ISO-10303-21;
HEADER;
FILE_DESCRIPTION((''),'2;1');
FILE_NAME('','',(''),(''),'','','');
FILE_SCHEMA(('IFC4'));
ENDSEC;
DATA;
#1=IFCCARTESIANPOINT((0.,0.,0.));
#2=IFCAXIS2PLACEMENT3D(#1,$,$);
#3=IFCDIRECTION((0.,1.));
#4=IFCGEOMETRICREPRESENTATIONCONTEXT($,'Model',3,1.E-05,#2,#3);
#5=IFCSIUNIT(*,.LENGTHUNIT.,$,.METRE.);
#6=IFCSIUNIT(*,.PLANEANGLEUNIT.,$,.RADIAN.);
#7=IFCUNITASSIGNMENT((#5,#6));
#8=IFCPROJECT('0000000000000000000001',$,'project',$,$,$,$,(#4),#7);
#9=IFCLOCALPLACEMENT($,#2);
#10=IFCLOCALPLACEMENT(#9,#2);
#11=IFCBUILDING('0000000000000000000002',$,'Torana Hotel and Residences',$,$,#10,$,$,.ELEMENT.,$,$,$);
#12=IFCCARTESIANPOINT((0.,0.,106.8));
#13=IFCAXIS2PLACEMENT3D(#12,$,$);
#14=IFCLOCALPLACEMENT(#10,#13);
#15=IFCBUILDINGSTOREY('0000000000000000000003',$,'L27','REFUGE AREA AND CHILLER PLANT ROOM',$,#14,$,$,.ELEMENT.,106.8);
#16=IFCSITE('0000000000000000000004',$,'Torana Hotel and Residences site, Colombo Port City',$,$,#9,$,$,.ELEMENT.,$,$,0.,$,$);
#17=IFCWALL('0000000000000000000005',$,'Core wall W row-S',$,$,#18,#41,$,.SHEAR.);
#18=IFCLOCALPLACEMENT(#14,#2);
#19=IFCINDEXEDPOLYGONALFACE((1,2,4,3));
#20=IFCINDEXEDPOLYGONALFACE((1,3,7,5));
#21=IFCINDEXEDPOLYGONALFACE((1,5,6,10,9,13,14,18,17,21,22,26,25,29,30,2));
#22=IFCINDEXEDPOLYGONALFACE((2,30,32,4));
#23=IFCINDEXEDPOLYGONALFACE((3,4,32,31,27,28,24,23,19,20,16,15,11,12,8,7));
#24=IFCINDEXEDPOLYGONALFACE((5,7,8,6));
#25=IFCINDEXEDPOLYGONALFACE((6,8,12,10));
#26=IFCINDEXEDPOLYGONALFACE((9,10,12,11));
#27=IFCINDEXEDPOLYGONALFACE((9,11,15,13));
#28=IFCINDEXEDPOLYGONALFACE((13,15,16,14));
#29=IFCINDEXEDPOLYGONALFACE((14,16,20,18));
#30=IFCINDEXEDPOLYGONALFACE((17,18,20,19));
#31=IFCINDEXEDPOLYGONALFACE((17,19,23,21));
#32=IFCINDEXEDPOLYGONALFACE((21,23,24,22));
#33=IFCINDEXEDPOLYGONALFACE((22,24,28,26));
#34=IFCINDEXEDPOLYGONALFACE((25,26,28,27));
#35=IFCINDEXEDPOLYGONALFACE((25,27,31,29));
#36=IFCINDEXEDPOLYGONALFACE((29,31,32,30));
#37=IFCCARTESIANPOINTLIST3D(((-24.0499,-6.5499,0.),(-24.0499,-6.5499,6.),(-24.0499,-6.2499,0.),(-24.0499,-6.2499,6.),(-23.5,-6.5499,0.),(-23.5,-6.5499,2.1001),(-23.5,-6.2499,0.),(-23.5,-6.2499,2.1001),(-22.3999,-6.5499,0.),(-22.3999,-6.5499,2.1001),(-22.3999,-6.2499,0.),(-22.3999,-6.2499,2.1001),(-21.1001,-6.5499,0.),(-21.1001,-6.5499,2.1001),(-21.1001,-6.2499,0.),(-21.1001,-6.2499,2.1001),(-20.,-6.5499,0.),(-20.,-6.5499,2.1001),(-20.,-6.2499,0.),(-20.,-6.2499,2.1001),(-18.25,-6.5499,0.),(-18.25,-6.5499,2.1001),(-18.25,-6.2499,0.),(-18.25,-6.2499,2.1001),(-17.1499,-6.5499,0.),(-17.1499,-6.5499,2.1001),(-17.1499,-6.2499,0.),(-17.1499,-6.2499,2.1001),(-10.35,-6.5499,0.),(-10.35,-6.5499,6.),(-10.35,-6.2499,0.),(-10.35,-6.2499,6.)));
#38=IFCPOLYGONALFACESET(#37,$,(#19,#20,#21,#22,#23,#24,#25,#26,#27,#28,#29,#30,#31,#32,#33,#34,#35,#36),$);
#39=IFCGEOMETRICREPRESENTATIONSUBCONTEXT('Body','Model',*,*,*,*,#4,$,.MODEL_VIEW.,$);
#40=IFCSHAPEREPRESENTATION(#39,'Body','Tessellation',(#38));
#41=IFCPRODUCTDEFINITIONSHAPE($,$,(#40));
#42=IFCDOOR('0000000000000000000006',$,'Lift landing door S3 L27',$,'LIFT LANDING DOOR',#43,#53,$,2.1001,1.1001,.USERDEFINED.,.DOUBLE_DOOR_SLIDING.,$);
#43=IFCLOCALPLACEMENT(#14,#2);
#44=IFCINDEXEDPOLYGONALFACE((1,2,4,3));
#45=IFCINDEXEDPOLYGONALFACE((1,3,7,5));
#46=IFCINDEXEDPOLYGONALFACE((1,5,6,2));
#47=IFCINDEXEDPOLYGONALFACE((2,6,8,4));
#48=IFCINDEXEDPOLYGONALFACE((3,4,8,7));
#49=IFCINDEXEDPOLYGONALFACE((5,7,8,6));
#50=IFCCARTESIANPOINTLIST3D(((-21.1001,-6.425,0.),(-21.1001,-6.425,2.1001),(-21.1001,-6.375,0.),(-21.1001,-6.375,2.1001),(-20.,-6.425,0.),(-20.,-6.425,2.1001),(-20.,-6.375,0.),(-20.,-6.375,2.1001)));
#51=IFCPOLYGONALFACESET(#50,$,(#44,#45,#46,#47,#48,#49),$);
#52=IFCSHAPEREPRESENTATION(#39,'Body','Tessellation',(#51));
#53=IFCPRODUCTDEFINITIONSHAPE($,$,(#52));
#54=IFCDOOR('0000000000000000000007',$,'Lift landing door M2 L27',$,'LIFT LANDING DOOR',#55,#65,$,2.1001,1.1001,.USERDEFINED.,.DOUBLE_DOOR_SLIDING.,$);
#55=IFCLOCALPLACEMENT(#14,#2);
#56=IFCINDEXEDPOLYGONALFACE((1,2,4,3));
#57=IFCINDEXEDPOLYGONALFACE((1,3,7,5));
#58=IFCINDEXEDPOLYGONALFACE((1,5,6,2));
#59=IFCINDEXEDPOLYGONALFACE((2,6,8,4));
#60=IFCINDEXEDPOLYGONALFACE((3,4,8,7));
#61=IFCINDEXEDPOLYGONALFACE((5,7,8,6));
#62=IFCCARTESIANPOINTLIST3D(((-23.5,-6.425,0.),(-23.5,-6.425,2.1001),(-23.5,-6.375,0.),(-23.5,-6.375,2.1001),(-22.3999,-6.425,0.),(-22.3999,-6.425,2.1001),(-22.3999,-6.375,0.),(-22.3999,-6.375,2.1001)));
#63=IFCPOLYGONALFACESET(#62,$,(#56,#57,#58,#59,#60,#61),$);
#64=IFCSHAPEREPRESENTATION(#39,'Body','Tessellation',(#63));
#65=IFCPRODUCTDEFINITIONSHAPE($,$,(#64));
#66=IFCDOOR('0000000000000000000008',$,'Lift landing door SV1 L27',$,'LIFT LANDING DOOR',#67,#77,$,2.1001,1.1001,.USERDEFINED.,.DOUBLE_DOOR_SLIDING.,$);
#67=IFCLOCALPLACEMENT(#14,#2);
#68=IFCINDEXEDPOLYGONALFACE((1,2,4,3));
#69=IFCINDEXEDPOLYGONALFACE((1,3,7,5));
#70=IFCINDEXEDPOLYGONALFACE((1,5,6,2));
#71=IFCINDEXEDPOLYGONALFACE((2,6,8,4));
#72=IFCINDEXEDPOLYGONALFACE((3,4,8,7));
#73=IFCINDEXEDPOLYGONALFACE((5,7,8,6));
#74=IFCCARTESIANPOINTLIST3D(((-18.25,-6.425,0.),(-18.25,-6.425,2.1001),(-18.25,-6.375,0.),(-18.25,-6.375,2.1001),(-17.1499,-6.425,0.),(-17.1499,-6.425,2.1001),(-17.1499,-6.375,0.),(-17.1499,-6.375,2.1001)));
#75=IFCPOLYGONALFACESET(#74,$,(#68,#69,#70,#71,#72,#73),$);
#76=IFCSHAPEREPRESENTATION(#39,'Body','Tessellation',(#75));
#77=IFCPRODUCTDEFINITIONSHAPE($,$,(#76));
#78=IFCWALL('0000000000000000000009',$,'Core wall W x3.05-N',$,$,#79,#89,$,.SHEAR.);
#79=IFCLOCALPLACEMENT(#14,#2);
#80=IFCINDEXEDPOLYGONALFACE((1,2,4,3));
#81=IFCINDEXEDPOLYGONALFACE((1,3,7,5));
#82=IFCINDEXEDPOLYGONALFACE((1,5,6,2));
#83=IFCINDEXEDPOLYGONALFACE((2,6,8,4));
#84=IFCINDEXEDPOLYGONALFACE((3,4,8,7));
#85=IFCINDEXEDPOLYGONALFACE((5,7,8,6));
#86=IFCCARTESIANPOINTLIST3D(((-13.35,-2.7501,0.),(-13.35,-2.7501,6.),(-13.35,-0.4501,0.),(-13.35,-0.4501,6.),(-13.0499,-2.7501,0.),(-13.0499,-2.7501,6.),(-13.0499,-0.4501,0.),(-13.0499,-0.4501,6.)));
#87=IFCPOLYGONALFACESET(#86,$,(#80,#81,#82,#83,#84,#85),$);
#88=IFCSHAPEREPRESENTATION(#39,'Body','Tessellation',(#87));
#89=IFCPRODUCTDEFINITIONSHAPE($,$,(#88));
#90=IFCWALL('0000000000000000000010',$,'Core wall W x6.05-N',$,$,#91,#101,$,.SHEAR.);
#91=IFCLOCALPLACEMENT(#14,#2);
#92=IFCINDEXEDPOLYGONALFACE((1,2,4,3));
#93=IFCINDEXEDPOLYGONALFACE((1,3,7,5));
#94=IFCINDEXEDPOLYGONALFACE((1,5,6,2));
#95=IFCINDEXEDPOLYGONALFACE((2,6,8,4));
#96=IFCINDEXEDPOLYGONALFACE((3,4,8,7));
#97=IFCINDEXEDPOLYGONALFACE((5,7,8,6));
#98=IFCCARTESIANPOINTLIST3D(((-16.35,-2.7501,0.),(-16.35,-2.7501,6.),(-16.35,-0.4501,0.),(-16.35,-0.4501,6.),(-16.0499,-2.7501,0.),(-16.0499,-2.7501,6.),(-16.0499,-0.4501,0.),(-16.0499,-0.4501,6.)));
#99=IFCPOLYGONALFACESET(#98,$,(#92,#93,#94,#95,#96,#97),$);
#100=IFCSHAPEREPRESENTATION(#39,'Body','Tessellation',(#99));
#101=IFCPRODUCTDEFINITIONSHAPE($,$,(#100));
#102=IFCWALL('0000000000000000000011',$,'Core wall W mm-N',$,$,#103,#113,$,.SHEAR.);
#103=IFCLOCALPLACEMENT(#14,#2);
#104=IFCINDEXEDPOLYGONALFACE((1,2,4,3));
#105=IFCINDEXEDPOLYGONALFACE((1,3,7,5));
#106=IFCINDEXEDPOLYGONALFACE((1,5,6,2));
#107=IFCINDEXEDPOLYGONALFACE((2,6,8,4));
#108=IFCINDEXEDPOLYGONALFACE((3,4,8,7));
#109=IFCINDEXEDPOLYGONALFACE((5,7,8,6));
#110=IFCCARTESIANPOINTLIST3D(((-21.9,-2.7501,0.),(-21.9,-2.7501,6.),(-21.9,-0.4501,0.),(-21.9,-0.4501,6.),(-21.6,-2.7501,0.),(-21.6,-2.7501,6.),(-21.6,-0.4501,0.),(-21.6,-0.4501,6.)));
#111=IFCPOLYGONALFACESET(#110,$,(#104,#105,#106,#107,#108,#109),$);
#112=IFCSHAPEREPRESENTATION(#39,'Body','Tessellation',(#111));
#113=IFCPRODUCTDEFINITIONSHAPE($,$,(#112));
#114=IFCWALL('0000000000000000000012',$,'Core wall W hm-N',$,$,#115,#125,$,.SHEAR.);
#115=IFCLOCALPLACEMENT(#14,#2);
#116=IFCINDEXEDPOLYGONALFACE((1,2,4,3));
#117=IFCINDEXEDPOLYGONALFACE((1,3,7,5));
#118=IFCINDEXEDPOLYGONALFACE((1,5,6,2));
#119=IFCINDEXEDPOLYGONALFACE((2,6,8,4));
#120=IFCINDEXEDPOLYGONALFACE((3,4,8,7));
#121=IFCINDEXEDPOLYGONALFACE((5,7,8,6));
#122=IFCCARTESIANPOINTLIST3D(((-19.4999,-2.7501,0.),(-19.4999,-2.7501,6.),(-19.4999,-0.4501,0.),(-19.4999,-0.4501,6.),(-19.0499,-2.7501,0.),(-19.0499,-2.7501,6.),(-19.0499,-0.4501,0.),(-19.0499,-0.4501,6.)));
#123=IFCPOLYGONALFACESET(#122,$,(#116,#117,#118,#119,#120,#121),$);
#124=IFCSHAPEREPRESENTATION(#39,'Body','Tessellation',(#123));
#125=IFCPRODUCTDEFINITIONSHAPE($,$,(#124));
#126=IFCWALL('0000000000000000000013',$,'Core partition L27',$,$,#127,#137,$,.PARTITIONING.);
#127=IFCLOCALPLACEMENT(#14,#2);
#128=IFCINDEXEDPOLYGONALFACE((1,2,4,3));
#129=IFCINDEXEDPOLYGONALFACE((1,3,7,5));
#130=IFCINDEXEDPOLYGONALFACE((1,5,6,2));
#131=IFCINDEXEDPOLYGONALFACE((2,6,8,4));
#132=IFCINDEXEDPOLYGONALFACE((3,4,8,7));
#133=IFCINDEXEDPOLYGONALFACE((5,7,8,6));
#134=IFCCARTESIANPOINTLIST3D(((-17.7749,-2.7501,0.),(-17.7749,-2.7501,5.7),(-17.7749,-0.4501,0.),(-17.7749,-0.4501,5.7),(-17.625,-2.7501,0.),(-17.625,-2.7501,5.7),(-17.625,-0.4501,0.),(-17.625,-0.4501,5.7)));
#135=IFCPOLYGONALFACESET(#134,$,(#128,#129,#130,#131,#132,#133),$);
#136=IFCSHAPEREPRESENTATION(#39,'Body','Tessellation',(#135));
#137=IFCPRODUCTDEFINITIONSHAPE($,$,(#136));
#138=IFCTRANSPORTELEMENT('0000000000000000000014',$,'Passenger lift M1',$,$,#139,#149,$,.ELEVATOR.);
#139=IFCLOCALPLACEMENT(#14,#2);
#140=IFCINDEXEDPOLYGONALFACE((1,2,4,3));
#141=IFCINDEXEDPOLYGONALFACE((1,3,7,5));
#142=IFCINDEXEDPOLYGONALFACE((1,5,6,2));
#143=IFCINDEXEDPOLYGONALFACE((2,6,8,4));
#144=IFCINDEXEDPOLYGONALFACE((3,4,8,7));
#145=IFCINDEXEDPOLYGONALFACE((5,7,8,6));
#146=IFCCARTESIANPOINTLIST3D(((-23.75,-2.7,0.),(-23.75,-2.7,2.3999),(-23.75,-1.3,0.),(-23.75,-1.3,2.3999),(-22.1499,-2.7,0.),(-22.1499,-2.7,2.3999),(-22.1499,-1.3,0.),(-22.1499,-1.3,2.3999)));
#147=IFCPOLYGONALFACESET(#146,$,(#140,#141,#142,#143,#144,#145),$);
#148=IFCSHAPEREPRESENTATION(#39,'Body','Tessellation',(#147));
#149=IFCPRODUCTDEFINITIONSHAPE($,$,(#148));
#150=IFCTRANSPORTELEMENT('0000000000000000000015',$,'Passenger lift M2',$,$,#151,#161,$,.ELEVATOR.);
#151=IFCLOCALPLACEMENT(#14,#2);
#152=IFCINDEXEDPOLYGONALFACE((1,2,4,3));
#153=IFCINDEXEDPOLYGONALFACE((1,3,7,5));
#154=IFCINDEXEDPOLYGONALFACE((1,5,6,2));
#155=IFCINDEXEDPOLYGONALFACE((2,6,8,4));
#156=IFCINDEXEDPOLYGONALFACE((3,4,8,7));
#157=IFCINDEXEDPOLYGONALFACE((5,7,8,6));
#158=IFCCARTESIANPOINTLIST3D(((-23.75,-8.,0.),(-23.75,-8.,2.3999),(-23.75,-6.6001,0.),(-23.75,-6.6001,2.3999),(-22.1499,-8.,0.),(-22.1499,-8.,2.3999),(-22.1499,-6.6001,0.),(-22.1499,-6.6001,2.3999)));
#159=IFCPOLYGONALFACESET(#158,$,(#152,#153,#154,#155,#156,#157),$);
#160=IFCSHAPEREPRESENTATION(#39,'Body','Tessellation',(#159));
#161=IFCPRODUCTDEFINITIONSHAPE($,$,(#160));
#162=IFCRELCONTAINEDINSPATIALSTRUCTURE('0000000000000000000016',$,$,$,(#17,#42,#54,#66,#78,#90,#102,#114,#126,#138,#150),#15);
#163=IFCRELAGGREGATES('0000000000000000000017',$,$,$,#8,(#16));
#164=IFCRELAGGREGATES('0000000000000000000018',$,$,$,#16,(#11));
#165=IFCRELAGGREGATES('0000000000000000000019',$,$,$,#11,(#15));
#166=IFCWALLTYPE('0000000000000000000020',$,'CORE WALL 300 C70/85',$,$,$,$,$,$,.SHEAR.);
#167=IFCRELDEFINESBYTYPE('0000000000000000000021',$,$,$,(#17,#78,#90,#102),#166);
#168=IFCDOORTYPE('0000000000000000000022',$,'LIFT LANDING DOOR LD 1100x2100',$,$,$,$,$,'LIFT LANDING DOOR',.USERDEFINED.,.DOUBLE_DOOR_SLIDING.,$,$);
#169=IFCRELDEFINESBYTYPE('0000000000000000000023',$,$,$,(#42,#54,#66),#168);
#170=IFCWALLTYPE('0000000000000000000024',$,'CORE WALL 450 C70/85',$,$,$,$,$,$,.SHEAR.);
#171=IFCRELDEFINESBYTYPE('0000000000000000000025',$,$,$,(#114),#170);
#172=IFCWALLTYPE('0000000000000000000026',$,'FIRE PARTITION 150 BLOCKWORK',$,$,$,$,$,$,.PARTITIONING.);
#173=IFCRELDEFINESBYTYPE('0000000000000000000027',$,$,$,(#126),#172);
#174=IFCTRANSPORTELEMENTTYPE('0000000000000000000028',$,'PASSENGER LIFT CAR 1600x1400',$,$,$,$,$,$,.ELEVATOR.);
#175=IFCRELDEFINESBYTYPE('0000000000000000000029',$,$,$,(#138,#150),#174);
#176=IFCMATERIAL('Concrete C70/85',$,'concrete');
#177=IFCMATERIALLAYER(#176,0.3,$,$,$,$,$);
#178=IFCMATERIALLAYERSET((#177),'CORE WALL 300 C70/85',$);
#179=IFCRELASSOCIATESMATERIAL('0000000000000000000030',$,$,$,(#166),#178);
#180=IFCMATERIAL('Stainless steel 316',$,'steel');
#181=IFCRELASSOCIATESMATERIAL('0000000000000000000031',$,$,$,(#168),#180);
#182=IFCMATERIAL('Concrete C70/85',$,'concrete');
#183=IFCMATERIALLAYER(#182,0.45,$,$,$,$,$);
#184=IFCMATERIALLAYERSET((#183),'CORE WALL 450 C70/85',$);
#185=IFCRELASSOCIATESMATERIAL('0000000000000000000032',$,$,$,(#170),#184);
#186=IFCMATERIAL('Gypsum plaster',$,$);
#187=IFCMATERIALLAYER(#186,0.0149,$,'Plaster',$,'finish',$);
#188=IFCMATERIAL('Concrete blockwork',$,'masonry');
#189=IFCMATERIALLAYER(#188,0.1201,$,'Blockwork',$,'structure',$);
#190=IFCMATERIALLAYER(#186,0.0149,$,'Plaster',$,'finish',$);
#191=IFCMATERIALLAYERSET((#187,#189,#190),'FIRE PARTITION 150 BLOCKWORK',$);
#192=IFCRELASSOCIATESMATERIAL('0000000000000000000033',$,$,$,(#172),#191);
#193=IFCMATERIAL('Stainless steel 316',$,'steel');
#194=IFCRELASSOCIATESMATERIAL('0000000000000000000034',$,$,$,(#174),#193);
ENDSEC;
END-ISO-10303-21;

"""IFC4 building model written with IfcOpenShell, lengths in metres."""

from ifc_helpers import new_model, si_unit, direction, frame, frame_2d, origin, origin_2d, place, context, subcontext, project, spatial, rectangle, extrude, material, layer, layer_set, type_object, element, fill, save


model = new_model("IFC4")

# Units and contexts
model_context = context("Model", 3, precision=1e-05, world=origin(), true_north=direction((0.0, 1.0)))
body_context = subcontext(model_context, "Body", "Model", "MODEL_VIEW")
ifc_project = project(units=[si_unit("LENGTHUNIT", "METRE"), si_unit("PLANEANGLEUNIT", "RADIAN")], contexts=[model_context])

# Site, building, storey
site_placement = place(None, origin())
site = spatial("IfcSite", under=ifc_project, at=site_placement, Name="Torana Hotel and Residences site, Colombo Port City", CompositionType="ELEMENT", RefElevation=0.0)
building_placement = place(site_placement, origin())
building = spatial("IfcBuilding", under=site, at=building_placement, Name="Torana Hotel and Residences", CompositionType="ELEMENT")
storey_placement = place(building_placement, frame((0.0, 0.0, 106.8)))
storey = spatial("IfcBuildingStorey", under=building, at=storey_placement, Name="L27", Description="REFUGE AREA AND CHILLER PLANT ROOM", CompositionType="ELEMENT", Elevation=106.8)

# Wall, openings, doors
ifc_material_1 = material(Name="Concrete C70/85", Category="concrete")
ifc_layer_1 = layer(ifc_material_1, 0.3)
ifc_layer_set_1 = layer_set([ifc_layer_1], Name="CORE WALL 300 C70/85")
wall_type_1 = type_object("IfcWallType", Name="CORE WALL 300 C70/85", PredefinedType="SHEAR", material=ifc_layer_set_1)
ifc_material_2 = material(Name="Stainless steel 316", Category="steel")
door_type_1 = type_object("IfcDoorType", Name="LIFT LANDING DOOR LD 1100x2100", ElementType="LIFT LANDING DOOR", OperationType="DOUBLE_DOOR_SLIDING", PredefinedType="USERDEFINED", material=ifc_material_2)
wall_1_placement = place(storey_placement, frame((-24.05, -6.3999, 0.0), z_axis=(0.0, 0.0, 1.0), x_axis=(1.0, 0.0, 0.0)))
wall_1 = element("IfcWall", 1, at=wall_1_placement, inside=storey, type_object=wall_type_1, Name="Core wall W row-S", PredefinedType="SHEAR", context=body_context, shape_type="SweptSolid", body=[
    extrude(rectangle(XDim=13.7, YDim=0.3, at=frame_2d((6.8501, 0.0))), origin(), (0.0, 0.0, 1.0), 6.0),
])
opening_1_placement = place(wall_1_placement, frame((2.95, 0.0, 0.0)))
opening_1 = element("IfcOpeningElement", 2, at=opening_1_placement, cuts=wall_1, PredefinedType="OPENING", context=body_context, shape_type="SweptSolid", body=[
    extrude(rectangle(XDim=1.1001, YDim=2.1001, at=frame_2d((0.55, 1.05))), frame((0.0, 0.1599, 0.0), z_axis=(0.0, -1.0, 0.0), x_axis=(1.0, 0.0, 0.0)), (0.0, 0.0, 1.0), 0.3201),
])
opening_2_placement = place(wall_1_placement, frame((0.55, 0.0, 0.0)))
opening_2 = element("IfcOpeningElement", 3, at=opening_2_placement, cuts=wall_1, PredefinedType="OPENING", context=body_context, shape_type="SweptSolid", body=[
    extrude(rectangle(XDim=1.1001, YDim=2.1001, at=frame_2d((0.55, 1.05))), frame((0.0, 0.1599, 0.0), z_axis=(0.0, -1.0, 0.0), x_axis=(1.0, 0.0, 0.0)), (0.0, 0.0, 1.0), 0.3201),
])
opening_3_placement = place(wall_1_placement, frame((5.8, 0.0, 0.0)))
opening_3 = element("IfcOpeningElement", 4, at=opening_3_placement, cuts=wall_1, PredefinedType="OPENING", context=body_context, shape_type="SweptSolid", body=[
    extrude(rectangle(XDim=1.1001, YDim=2.1001, at=frame_2d((0.55, 1.05))), frame((0.0, 0.1599, 0.0), z_axis=(0.0, -1.0, 0.0), x_axis=(1.0, 0.0, 0.0)), (0.0, 0.0, 1.0), 0.3201),
])
door_1_placement = place(opening_1_placement, origin())
door_1 = element("IfcDoor", 5, at=door_1_placement, inside=storey, type_object=door_type_1, Name="Lift landing door S3 L27", ObjectType="LIFT LANDING DOOR", OperationType="DOUBLE_DOOR_SLIDING", OverallHeight=2.1001, OverallWidth=1.1001, PredefinedType="USERDEFINED", context=body_context, shape_type="SweptSolid", body=[
    extrude(rectangle(XDim=1.1001, YDim=2.1001, at=frame_2d((0.55, 1.05))), frame((0.0, 0.0249, 0.0), z_axis=(0.0, -1.0, 0.0), x_axis=(1.0, 0.0, 0.0)), (0.0, 0.0, 1.0), 0.05),
])
fill(opening_1, door_1)
door_2_placement = place(opening_2_placement, origin())
door_2 = element("IfcDoor", 6, at=door_2_placement, inside=storey, type_object=door_type_1, Name="Lift landing door M2 L27", ObjectType="LIFT LANDING DOOR", OperationType="DOUBLE_DOOR_SLIDING", OverallHeight=2.1001, OverallWidth=1.1001, PredefinedType="USERDEFINED", context=body_context, shape_type="SweptSolid", body=[
    extrude(rectangle(XDim=1.1001, YDim=2.1001, at=frame_2d((0.55, 1.05))), frame((0.0, 0.0249, 0.0), z_axis=(0.0, -1.0, 0.0), x_axis=(1.0, 0.0, 0.0)), (0.0, 0.0, 1.0), 0.05),
])
fill(opening_2, door_2)
door_3_placement = place(opening_3_placement, origin())
door_3 = element("IfcDoor", 7, at=door_3_placement, inside=storey, type_object=door_type_1, Name="Lift landing door SV1 L27", ObjectType="LIFT LANDING DOOR", OperationType="DOUBLE_DOOR_SLIDING", OverallHeight=2.1001, OverallWidth=1.1001, PredefinedType="USERDEFINED", context=body_context, shape_type="SweptSolid", body=[
    extrude(rectangle(XDim=1.1001, YDim=2.1001, at=frame_2d((0.55, 1.05))), frame((0.0, 0.0249, 0.0), z_axis=(0.0, -1.0, 0.0), x_axis=(1.0, 0.0, 0.0)), (0.0, 0.0, 1.0), 0.05),
])
fill(opening_3, door_3)

# Walls
for number, where, z_axis, x_axis, name in (
    (8, (-13.2, -2.75, 0.0), (0.0, 0.0, 1.0), (0.0, 1.0, 0.0), "Core wall W x3.05-N"),
    (9, (-16.2, -2.75, 0.0), (0.0, 0.0, 1.0), (0.0, 1.0, 0.0), "Core wall W x6.05-N"),
    (10, (-21.75, -2.75, 0.0), (0.0, 0.0, 1.0), (0.0, 1.0, 0.0), "Core wall W mm-N"),
):
    element("IfcWall", number, at=place(storey_placement, frame(where, z_axis=z_axis, x_axis=x_axis)), inside=storey, type_object=wall_type_1, Name=name, PredefinedType="SHEAR", context=body_context, shape_type="SweptSolid", body=[
        extrude(rectangle(XDim=2.3, YDim=0.3, at=frame_2d((1.1499, 0.0))), origin(), (0.0, 0.0, 1.0), 6.0),
    ])
ifc_material_3 = material(Name="Concrete C70/85", Category="concrete")
ifc_layer_2 = layer(ifc_material_3, 0.45)
ifc_layer_set_2 = layer_set([ifc_layer_2], Name="CORE WALL 450 C70/85")
wall_type_2 = type_object("IfcWallType", Name="CORE WALL 450 C70/85", PredefinedType="SHEAR", material=ifc_layer_set_2)
wall_2_placement = place(storey_placement, frame((-19.2749, -2.75, 0.0), z_axis=(0.0, 0.0, 1.0), x_axis=(0.0, 1.0, 0.0)))
element("IfcWall", 11, at=wall_2_placement, inside=storey, type_object=wall_type_2, Name="Core wall W hm-N", PredefinedType="SHEAR", context=body_context, shape_type="SweptSolid", body=[
    extrude(rectangle(XDim=2.3, YDim=0.45, at=frame_2d((1.1499, 0.0))), origin(), (0.0, 0.0, 1.0), 6.0),
])
ifc_material_4 = material(Name="Gypsum plaster")
ifc_layer_3 = layer(ifc_material_4, 0.0149, Name="Plaster", Category="finish")
ifc_material_5 = material(Name="Concrete blockwork", Category="masonry")
ifc_layer_4 = layer(ifc_material_5, 0.1201, Name="Blockwork", Category="structure")
ifc_layer_5 = layer(ifc_material_4, 0.0149, Name="Plaster", Category="finish")
ifc_layer_set_3 = layer_set([ifc_layer_3, ifc_layer_4, ifc_layer_5], Name="FIRE PARTITION 150 BLOCKWORK")
wall_type_3 = type_object("IfcWallType", Name="FIRE PARTITION 150 BLOCKWORK", PredefinedType="PARTITIONING", material=ifc_layer_set_3)
wall_3_placement = place(storey_placement, frame((-17.7, -2.75, 0.0), z_axis=(0.0, 0.0, 1.0), x_axis=(0.0, 1.0, 0.0)))
element("IfcWall", 12, at=wall_3_placement, inside=storey, type_object=wall_type_3, Name="Core partition L27", PredefinedType="PARTITIONING", context=body_context, shape_type="SweptSolid", body=[
    extrude(rectangle(XDim=2.3, YDim=0.1499, at=frame_2d((1.1499, 0.0))), origin(), (0.0, 0.0, 1.0), 5.7),
])

# Transport elements
ifc_material_6 = material(Name="Stainless steel 316", Category="steel")
transport_element_type = type_object("IfcTransportElementType", Name="PASSENGER LIFT CAR 1600x1400", PredefinedType="ELEVATOR", material=ifc_material_6)
for number, where, z_axis, x_axis, name in (
    (13, (-22.95, -2.0, 0.0), (0.0, 0.0, 1.0), (1.0, 0.0, 0.0), "Passenger lift M1"),
    (14, (-22.95, -7.3, 0.0), (0.0, 0.0, 1.0), (1.0, 0.0, 0.0), "Passenger lift M2"),
):
    element("IfcTransportElement", number, at=place(storey_placement, frame(where, z_axis=z_axis, x_axis=x_axis)), inside=storey, type_object=transport_element_type, Name=name, PredefinedType="ELEVATOR", context=body_context, shape_type="SweptSolid", body=[
        extrude(rectangle(XDim=1.6001, YDim=1.3999, at=origin_2d()), origin(), (0.0, 0.0, 1.0), 2.3999),
    ])

save(model, "model.ifc")
